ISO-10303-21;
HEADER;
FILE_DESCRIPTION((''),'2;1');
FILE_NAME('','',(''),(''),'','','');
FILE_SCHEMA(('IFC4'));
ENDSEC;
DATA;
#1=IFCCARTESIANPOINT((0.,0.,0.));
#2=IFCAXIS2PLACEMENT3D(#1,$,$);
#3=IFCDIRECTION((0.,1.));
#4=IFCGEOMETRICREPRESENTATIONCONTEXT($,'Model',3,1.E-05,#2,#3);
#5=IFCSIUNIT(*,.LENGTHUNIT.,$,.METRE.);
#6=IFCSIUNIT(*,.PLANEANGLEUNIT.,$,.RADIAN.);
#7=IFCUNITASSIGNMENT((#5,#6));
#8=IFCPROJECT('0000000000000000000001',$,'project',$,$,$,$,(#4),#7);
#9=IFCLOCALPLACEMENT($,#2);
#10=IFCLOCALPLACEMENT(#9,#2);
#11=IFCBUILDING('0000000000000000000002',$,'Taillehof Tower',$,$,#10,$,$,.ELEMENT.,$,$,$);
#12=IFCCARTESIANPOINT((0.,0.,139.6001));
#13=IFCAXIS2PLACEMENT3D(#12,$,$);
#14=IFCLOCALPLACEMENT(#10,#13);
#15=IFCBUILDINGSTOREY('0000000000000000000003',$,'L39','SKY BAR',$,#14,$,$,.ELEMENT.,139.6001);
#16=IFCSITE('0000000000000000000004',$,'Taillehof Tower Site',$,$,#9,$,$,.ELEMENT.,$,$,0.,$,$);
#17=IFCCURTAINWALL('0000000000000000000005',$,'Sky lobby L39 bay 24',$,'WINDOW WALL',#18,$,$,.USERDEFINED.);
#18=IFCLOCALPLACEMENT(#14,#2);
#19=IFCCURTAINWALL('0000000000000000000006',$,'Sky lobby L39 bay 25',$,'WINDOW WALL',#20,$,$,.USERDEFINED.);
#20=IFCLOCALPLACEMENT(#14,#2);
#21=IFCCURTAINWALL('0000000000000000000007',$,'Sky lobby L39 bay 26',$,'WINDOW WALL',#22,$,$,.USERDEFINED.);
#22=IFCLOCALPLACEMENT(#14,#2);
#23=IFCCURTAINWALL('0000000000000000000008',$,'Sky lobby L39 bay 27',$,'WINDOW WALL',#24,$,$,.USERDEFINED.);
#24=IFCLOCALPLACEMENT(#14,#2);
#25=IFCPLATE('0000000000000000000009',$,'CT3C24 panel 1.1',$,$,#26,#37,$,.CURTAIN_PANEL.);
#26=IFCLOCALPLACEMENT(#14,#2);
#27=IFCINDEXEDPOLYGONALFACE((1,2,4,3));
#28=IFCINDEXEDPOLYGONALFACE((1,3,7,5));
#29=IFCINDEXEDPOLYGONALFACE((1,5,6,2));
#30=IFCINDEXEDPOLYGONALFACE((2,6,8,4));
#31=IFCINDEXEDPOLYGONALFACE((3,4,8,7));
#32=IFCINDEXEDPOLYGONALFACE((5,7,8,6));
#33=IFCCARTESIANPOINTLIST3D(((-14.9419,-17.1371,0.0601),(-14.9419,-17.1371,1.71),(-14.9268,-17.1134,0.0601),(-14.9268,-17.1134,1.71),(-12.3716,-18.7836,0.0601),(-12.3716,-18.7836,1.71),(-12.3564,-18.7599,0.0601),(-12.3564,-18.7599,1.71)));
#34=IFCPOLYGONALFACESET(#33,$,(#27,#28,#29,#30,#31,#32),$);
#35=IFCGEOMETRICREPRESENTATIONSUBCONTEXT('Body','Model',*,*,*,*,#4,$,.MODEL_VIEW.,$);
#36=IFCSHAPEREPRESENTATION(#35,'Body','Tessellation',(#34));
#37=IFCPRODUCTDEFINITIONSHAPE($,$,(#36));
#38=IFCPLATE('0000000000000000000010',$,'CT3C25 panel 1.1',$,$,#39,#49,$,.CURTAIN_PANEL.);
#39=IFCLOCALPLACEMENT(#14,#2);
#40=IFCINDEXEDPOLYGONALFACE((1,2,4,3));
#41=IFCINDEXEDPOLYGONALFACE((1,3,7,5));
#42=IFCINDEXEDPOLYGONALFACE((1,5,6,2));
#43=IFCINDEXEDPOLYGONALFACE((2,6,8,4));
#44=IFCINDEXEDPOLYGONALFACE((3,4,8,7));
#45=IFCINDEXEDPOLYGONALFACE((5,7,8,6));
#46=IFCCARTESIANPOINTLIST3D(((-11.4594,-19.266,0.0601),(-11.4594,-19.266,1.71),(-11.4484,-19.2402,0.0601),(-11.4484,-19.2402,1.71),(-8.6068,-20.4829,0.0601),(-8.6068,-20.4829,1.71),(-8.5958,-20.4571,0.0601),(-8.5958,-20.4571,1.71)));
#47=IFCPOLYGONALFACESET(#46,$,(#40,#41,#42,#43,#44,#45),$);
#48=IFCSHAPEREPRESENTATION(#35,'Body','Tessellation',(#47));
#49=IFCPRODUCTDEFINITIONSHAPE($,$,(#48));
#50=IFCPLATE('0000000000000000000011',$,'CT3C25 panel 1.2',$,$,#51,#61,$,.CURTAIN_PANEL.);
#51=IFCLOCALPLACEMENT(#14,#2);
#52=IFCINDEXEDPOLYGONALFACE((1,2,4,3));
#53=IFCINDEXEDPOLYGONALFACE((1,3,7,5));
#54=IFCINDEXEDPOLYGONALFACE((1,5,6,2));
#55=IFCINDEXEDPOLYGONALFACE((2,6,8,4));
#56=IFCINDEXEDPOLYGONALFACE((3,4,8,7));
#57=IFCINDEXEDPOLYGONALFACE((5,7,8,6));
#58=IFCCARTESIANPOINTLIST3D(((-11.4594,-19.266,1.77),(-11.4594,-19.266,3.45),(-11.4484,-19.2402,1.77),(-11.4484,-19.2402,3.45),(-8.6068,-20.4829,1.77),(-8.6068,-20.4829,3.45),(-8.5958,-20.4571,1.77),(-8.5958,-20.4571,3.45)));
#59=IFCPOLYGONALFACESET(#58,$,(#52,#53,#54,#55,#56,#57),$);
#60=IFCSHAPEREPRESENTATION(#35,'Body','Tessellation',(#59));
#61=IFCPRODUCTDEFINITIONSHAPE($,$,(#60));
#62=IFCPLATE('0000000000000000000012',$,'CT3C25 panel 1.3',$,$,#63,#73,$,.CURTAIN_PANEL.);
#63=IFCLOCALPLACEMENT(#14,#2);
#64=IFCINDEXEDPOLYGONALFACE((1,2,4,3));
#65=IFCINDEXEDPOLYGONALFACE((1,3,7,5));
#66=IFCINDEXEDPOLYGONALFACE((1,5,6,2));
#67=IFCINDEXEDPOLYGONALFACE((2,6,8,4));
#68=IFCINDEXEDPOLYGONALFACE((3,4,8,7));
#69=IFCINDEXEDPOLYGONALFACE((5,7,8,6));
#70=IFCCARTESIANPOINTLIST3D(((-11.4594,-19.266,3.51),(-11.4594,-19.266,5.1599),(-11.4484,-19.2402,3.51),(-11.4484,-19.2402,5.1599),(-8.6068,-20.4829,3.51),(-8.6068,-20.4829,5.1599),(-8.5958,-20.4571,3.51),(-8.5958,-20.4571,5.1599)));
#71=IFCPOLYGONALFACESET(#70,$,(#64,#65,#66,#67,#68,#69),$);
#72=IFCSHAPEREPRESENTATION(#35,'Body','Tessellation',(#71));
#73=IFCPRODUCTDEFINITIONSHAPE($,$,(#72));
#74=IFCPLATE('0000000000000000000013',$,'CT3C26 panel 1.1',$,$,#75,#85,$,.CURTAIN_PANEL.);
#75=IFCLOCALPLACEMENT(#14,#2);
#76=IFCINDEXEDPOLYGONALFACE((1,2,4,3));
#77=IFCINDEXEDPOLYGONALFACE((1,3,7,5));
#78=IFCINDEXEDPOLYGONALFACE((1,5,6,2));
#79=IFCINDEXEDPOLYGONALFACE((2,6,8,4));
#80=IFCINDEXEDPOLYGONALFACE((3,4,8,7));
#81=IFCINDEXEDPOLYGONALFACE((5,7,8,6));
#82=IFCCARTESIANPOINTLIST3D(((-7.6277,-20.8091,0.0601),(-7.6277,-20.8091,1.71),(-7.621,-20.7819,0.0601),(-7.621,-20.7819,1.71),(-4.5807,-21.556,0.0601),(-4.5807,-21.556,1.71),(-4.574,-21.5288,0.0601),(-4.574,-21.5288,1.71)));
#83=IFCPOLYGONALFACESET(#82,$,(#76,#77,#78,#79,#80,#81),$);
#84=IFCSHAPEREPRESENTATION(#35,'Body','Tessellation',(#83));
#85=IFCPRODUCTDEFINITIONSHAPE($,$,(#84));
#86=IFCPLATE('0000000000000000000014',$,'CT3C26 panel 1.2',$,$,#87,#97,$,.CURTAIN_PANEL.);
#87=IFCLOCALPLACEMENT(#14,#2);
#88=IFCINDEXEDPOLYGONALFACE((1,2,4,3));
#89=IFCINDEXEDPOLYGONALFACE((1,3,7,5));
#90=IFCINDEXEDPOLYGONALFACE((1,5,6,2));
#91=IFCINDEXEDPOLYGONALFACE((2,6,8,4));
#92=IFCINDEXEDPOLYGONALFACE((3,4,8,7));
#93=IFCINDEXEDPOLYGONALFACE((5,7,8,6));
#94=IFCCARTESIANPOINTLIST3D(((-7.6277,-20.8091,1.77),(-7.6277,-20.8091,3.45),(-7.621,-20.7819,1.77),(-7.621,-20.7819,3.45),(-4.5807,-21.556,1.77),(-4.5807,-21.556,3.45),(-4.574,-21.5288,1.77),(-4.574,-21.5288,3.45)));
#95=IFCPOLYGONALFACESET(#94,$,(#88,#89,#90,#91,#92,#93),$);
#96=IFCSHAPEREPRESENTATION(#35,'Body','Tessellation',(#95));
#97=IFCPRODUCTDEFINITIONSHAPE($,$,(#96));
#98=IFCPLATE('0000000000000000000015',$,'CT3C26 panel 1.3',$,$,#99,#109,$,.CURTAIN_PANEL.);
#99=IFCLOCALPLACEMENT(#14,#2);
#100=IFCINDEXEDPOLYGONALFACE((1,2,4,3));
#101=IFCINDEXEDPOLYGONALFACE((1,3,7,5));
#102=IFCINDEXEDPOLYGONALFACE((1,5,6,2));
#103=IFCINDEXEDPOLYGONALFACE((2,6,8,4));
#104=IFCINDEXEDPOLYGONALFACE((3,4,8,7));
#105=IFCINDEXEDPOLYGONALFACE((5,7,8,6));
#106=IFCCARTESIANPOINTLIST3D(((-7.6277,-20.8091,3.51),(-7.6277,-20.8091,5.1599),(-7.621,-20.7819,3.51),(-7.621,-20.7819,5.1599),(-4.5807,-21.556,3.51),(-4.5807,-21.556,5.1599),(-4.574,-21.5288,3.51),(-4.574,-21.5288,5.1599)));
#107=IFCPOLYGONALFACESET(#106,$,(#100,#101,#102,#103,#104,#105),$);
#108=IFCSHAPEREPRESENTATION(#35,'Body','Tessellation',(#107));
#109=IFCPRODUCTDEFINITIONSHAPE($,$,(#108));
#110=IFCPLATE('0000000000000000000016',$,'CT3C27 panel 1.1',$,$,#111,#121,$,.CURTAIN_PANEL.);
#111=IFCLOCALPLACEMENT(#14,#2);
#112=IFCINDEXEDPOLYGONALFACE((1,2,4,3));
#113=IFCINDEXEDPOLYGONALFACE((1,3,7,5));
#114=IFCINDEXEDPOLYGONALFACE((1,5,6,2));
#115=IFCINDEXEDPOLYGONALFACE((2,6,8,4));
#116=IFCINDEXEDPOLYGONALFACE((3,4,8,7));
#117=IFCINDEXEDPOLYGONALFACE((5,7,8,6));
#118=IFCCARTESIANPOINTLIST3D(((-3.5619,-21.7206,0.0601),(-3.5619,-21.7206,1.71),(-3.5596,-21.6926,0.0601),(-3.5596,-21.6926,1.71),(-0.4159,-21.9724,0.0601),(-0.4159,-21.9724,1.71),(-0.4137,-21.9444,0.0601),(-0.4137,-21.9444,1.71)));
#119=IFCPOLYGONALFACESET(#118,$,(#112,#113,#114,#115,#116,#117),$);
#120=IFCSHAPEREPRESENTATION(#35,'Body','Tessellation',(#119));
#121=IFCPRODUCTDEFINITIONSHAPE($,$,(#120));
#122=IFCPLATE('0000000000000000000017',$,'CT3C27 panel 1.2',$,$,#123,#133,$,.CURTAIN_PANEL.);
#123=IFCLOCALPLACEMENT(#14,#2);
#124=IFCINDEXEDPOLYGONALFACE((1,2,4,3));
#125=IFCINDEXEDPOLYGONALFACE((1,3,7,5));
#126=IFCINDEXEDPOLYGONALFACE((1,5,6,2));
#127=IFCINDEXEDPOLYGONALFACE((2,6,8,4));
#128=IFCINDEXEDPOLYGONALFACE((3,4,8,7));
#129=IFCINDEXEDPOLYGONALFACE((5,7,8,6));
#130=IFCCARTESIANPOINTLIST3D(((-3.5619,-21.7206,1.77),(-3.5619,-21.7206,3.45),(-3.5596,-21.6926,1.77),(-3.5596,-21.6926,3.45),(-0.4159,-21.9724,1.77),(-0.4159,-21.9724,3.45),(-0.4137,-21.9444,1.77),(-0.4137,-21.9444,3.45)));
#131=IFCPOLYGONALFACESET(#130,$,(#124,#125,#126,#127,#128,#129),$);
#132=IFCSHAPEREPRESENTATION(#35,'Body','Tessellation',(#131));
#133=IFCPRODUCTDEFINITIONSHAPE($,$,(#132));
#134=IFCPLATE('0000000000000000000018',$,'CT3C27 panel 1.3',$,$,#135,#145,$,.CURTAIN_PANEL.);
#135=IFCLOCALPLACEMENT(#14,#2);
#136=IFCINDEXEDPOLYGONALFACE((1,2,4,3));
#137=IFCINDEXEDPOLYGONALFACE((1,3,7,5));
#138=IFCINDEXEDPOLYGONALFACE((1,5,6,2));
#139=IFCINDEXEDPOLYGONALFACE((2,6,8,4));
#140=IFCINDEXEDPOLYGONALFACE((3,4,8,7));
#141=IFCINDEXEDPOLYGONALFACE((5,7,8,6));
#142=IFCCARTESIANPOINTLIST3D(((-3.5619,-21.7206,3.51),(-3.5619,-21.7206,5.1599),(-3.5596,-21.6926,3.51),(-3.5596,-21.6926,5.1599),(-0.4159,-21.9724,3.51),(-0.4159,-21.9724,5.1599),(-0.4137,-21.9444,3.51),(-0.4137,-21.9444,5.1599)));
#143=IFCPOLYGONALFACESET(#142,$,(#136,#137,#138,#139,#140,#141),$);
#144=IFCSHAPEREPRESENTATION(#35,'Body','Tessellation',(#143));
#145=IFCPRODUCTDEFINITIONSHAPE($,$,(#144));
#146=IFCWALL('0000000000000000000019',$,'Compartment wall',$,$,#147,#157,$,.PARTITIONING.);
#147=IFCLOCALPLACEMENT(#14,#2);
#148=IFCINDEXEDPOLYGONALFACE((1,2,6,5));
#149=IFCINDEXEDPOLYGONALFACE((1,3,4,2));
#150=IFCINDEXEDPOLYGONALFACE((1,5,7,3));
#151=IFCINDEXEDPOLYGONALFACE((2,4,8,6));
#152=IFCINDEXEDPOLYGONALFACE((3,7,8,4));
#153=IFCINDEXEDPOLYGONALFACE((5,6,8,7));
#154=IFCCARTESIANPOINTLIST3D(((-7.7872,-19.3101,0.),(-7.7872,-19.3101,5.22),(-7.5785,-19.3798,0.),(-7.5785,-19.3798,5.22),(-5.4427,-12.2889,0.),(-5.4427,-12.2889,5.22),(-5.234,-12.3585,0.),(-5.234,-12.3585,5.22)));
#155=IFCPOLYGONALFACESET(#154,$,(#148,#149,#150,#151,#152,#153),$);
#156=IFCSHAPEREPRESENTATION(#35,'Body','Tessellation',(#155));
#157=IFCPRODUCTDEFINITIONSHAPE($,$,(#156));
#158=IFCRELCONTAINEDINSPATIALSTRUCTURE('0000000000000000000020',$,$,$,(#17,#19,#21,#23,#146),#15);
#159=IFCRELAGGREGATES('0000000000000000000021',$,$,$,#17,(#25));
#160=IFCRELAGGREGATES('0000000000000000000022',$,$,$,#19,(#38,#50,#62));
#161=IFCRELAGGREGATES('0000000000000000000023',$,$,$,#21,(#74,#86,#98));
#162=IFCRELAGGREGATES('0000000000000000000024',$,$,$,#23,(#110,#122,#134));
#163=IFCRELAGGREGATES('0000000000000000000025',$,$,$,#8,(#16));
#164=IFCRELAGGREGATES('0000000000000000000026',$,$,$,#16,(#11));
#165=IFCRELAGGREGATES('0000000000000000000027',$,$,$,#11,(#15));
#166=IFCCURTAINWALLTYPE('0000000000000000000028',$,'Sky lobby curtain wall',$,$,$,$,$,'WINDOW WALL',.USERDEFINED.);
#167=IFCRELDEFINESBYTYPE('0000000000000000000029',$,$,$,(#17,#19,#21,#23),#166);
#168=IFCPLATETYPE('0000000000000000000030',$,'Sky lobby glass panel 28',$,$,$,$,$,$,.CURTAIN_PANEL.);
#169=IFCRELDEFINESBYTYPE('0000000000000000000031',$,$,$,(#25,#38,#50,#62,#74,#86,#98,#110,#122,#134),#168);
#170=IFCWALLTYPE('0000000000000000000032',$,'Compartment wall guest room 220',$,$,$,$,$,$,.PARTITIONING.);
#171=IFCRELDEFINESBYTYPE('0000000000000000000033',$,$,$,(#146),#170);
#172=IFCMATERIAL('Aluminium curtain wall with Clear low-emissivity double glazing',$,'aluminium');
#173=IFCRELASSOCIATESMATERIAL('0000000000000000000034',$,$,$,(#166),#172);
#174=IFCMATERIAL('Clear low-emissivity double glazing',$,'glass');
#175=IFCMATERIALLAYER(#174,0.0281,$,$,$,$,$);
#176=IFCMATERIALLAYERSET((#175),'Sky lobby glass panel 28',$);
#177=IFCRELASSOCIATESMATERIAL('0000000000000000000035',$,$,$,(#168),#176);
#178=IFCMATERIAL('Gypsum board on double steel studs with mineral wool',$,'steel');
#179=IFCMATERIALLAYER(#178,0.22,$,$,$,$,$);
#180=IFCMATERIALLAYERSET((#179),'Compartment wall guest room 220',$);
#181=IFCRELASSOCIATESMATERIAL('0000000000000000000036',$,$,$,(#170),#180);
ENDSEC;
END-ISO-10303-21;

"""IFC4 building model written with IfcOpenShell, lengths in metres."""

from ifc_helpers import new_model, si_unit, direction, frame, frame_2d, origin, origin_2d, place, context, subcontext, project, spatial, rectangle, extrude, material, layer, layer_set, type_object, element, aggregate, save


model = new_model("IFC4")

# Units and contexts
model_context = context("Model", 3, precision=1e-05, world=origin(), true_north=direction((0.0, 1.0)))
body_context = subcontext(model_context, "Body", "Model", "MODEL_VIEW")
ifc_project = project(units=[si_unit("LENGTHUNIT", "METRE"), si_unit("PLANEANGLEUNIT", "RADIAN")], contexts=[model_context])

# Site, building, storey
site_placement = place(None, origin())
site = spatial("IfcSite", under=ifc_project, at=site_placement, Name="Taillehof Tower Site", CompositionType="ELEMENT", RefElevation=0.0)
building_placement = place(site_placement, origin())
building = spatial("IfcBuilding", under=site, at=building_placement, Name="Taillehof Tower", CompositionType="ELEMENT")
storey_placement = place(building_placement, frame((0.0, 0.0, 139.6001)))
storey = spatial("IfcBuildingStorey", under=building, at=storey_placement, Name="L39", Description="SKY BAR", CompositionType="ELEMENT", Elevation=139.6001)

# Curtain wall
ifc_material_1 = material(Name="Aluminium curtain wall with Clear low-emissivity double glazing", Category="aluminium")
curtain_wall_type = type_object("IfcCurtainWallType", Name="Sky lobby curtain wall", ElementType="WINDOW WALL", PredefinedType="USERDEFINED", material=ifc_material_1)
curtain_wall_1_placement = place(storey_placement, origin())
curtain_wall_1 = element("IfcCurtainWall", 1, at=curtain_wall_1_placement, inside=storey, type_object=curtain_wall_type, Name="Sky lobby L39 bay 24", ObjectType="WINDOW WALL", PredefinedType="USERDEFINED")

# Curtain walls
curtain_wall_2_placement = place(storey_placement, origin())
curtain_wall_2 = element("IfcCurtainWall", 2, at=curtain_wall_2_placement, inside=storey, type_object=curtain_wall_type, Name="Sky lobby L39 bay 25", ObjectType="WINDOW WALL", PredefinedType="USERDEFINED")
curtain_wall_3_placement = place(storey_placement, origin())
curtain_wall_3 = element("IfcCurtainWall", 3, at=curtain_wall_3_placement, inside=storey, type_object=curtain_wall_type, Name="Sky lobby L39 bay 26", ObjectType="WINDOW WALL", PredefinedType="USERDEFINED")
curtain_wall_4_placement = place(storey_placement, origin())
curtain_wall_4 = element("IfcCurtainWall", 4, at=curtain_wall_4_placement, inside=storey, type_object=curtain_wall_type, Name="Sky lobby L39 bay 27", ObjectType="WINDOW WALL", PredefinedType="USERDEFINED")

# Plates
ifc_material_2 = material(Name="Clear low-emissivity double glazing", Category="glass")
ifc_layer_1 = layer(ifc_material_2, 0.0281)
ifc_layer_set_1 = layer_set([ifc_layer_1], Name="Sky lobby glass panel 28")
plate_type = type_object("IfcPlateType", Name="Sky lobby glass panel 28", PredefinedType="CURTAIN_PANEL", material=ifc_layer_set_1)
plate_1_placement = place(storey_placement, frame((-13.6492, -17.9485, 0.0601), z_axis=(0.0, 0.0, 1.0), x_axis=(0.842053, -0.539394, 0.0)))
plate_1 = element("IfcPlate", 5, at=plate_1_placement, type_object=plate_type, Name="CT3C24 panel 1.1", PredefinedType="CURTAIN_PANEL", context=body_context, shape_type="SweptSolid", body=[
    extrude(rectangle(XDim=3.0525, YDim=0.0281, at=origin_2d()), origin(), (0.0, 0.0, 1.0), 1.6499),
])
aggregate(curtain_wall_1, [plate_1])
plate_2_placement = place(storey_placement, frame((-10.0276, -19.8616, 0.0601), z_axis=(0.0, 0.0, 1.0), x_axis=(0.919804, -0.392379, 0.0)))
plate_2 = element("IfcPlate", 6, at=plate_2_placement, type_object=plate_type, Name="CT3C25 panel 1.1", PredefinedType="CURTAIN_PANEL", context=body_context, shape_type="SweptSolid", body=[
    extrude(rectangle(XDim=3.1013, YDim=0.0281, at=origin_2d()), origin(), (0.0, 0.0, 1.0), 1.6499),
])
plate_3_placement = place(storey_placement, frame((-10.0276, -19.8616, 1.77), z_axis=(0.0, 0.0, 1.0), x_axis=(0.919804, -0.392379, 0.0)))
plate_3 = element("IfcPlate", 7, at=plate_3_placement, type_object=plate_type, Name="CT3C25 panel 1.2", PredefinedType="CURTAIN_PANEL", context=body_context, shape_type="SweptSolid", body=[
    extrude(rectangle(XDim=3.1013, YDim=0.0281, at=origin_2d()), origin(), (0.0, 0.0, 1.0), 1.6799),
])
plate_4_placement = place(storey_placement, frame((-10.0276, -19.8616, 3.51), z_axis=(0.0, 0.0, 1.0), x_axis=(0.919804, -0.392379, 0.0)))
plate_4 = element("IfcPlate", 8, at=plate_4_placement, type_object=plate_type, Name="CT3C25 panel 1.3", PredefinedType="CURTAIN_PANEL", context=body_context, shape_type="SweptSolid", body=[
    extrude(rectangle(XDim=3.1013, YDim=0.0281, at=origin_2d()), origin(), (0.0, 0.0, 1.0), 1.6499),
])
aggregate(curtain_wall_2, [plate_2, plate_3, plate_4])
plate_5_placement = place(storey_placement, frame((-6.1008, -21.1689, 0.0601), z_axis=(0.0, 0.0, 1.0), x_axis=(0.971246, -0.238077, 0.0)))
plate_5 = element("IfcPlate", 9, at=plate_5_placement, type_object=plate_type, Name="CT3C26 panel 1.1", PredefinedType="CURTAIN_PANEL", context=body_context, shape_type="SweptSolid", body=[
    extrude(rectangle(XDim=3.1372, YDim=0.0281, at=origin_2d()), origin(), (0.0, 0.0, 1.0), 1.6499),
])
plate_6_placement = place(storey_placement, frame((-6.1008, -21.1689, 1.77), z_axis=(0.0, 0.0, 1.0), x_axis=(0.971246, -0.238077, 0.0)))
plate_6 = element("IfcPlate", 10, at=plate_6_placement, type_object=plate_type, Name="CT3C26 panel 1.2", PredefinedType="CURTAIN_PANEL", context=body_context, shape_type="SweptSolid", body=[
    extrude(rectangle(XDim=3.1372, YDim=0.0281, at=origin_2d()), origin(), (0.0, 0.0, 1.0), 1.6799),
])
plate_7_placement = place(storey_placement, frame((-6.1008, -21.1689, 3.51), z_axis=(0.0, 0.0, 1.0), x_axis=(0.971246, -0.238077, 0.0)))
plate_7 = element("IfcPlate", 11, at=plate_7_placement, type_object=plate_type, Name="CT3C26 panel 1.3", PredefinedType="CURTAIN_PANEL", context=body_context, shape_type="SweptSolid", body=[
    extrude(rectangle(XDim=3.1372, YDim=0.0281, at=origin_2d()), origin(), (0.0, 0.0, 1.0), 1.6499),
])
aggregate(curtain_wall_3, [plate_5, plate_6, plate_7])
plate_8_placement = place(storey_placement, frame((-1.9878, -21.8325, 0.0601), z_axis=(0.0, 0.0, 1.0), x_axis=(0.996812, -0.079781, 0.0)))
plate_8 = element("IfcPlate", 12, at=plate_8_placement, type_object=plate_type, Name="CT3C27 panel 1.1", PredefinedType="CURTAIN_PANEL", context=body_context, shape_type="SweptSolid", body=[
    extrude(rectangle(XDim=3.156, YDim=0.0281, at=origin_2d()), origin(), (0.0, 0.0, 1.0), 1.6499),
])
plate_9_placement = place(storey_placement, frame((-1.9878, -21.8325, 1.77), z_axis=(0.0, 0.0, 1.0), x_axis=(0.996812, -0.079781, 0.0)))
plate_9 = element("IfcPlate", 13, at=plate_9_placement, type_object=plate_type, Name="CT3C27 panel 1.2", PredefinedType="CURTAIN_PANEL", context=body_context, shape_type="SweptSolid", body=[
    extrude(rectangle(XDim=3.156, YDim=0.0281, at=origin_2d()), origin(), (0.0, 0.0, 1.0), 1.6799),
])
plate_10_placement = place(storey_placement, frame((-1.9878, -21.8325, 3.51), z_axis=(0.0, 0.0, 1.0), x_axis=(0.996812, -0.079781, 0.0)))
plate_10 = element("IfcPlate", 14, at=plate_10_placement, type_object=plate_type, Name="CT3C27 panel 1.3", PredefinedType="CURTAIN_PANEL", context=body_context, shape_type="SweptSolid", body=[
    extrude(rectangle(XDim=3.156, YDim=0.0281, at=origin_2d()), origin(), (0.0, 0.0, 1.0), 1.6499),
])
aggregate(curtain_wall_4, [plate_8, plate_9, plate_10])

# Wall
ifc_material_3 = material(Name="Gypsum board on double steel studs with mineral wool", Category="steel")
ifc_layer_2 = layer(ifc_material_3, 0.22)
ifc_layer_set_2 = layer_set([ifc_layer_2], Name="Compartment wall guest room 220")
wall_type = type_object("IfcWallType", Name="Compartment wall guest room 220", PredefinedType="PARTITIONING", material=ifc_layer_set_2)
wall_placement = place(storey_placement, frame((-7.6829, -19.345, 0.0), z_axis=(0.0, 0.0, 1.0), x_axis=(0.316722, 0.948518, 0.0)))
element("IfcWall", 15, at=wall_placement, inside=storey, type_object=wall_type, Name="Compartment wall", PredefinedType="PARTITIONING", context=body_context, shape_type="SweptSolid", body=[
    extrude(rectangle(XDim=7.4023, YDim=0.22, at=frame_2d((3.7012, 0.0))), origin(), (0.0, 0.0, 1.0), 5.22),
])

save(model, "model.ifc")
